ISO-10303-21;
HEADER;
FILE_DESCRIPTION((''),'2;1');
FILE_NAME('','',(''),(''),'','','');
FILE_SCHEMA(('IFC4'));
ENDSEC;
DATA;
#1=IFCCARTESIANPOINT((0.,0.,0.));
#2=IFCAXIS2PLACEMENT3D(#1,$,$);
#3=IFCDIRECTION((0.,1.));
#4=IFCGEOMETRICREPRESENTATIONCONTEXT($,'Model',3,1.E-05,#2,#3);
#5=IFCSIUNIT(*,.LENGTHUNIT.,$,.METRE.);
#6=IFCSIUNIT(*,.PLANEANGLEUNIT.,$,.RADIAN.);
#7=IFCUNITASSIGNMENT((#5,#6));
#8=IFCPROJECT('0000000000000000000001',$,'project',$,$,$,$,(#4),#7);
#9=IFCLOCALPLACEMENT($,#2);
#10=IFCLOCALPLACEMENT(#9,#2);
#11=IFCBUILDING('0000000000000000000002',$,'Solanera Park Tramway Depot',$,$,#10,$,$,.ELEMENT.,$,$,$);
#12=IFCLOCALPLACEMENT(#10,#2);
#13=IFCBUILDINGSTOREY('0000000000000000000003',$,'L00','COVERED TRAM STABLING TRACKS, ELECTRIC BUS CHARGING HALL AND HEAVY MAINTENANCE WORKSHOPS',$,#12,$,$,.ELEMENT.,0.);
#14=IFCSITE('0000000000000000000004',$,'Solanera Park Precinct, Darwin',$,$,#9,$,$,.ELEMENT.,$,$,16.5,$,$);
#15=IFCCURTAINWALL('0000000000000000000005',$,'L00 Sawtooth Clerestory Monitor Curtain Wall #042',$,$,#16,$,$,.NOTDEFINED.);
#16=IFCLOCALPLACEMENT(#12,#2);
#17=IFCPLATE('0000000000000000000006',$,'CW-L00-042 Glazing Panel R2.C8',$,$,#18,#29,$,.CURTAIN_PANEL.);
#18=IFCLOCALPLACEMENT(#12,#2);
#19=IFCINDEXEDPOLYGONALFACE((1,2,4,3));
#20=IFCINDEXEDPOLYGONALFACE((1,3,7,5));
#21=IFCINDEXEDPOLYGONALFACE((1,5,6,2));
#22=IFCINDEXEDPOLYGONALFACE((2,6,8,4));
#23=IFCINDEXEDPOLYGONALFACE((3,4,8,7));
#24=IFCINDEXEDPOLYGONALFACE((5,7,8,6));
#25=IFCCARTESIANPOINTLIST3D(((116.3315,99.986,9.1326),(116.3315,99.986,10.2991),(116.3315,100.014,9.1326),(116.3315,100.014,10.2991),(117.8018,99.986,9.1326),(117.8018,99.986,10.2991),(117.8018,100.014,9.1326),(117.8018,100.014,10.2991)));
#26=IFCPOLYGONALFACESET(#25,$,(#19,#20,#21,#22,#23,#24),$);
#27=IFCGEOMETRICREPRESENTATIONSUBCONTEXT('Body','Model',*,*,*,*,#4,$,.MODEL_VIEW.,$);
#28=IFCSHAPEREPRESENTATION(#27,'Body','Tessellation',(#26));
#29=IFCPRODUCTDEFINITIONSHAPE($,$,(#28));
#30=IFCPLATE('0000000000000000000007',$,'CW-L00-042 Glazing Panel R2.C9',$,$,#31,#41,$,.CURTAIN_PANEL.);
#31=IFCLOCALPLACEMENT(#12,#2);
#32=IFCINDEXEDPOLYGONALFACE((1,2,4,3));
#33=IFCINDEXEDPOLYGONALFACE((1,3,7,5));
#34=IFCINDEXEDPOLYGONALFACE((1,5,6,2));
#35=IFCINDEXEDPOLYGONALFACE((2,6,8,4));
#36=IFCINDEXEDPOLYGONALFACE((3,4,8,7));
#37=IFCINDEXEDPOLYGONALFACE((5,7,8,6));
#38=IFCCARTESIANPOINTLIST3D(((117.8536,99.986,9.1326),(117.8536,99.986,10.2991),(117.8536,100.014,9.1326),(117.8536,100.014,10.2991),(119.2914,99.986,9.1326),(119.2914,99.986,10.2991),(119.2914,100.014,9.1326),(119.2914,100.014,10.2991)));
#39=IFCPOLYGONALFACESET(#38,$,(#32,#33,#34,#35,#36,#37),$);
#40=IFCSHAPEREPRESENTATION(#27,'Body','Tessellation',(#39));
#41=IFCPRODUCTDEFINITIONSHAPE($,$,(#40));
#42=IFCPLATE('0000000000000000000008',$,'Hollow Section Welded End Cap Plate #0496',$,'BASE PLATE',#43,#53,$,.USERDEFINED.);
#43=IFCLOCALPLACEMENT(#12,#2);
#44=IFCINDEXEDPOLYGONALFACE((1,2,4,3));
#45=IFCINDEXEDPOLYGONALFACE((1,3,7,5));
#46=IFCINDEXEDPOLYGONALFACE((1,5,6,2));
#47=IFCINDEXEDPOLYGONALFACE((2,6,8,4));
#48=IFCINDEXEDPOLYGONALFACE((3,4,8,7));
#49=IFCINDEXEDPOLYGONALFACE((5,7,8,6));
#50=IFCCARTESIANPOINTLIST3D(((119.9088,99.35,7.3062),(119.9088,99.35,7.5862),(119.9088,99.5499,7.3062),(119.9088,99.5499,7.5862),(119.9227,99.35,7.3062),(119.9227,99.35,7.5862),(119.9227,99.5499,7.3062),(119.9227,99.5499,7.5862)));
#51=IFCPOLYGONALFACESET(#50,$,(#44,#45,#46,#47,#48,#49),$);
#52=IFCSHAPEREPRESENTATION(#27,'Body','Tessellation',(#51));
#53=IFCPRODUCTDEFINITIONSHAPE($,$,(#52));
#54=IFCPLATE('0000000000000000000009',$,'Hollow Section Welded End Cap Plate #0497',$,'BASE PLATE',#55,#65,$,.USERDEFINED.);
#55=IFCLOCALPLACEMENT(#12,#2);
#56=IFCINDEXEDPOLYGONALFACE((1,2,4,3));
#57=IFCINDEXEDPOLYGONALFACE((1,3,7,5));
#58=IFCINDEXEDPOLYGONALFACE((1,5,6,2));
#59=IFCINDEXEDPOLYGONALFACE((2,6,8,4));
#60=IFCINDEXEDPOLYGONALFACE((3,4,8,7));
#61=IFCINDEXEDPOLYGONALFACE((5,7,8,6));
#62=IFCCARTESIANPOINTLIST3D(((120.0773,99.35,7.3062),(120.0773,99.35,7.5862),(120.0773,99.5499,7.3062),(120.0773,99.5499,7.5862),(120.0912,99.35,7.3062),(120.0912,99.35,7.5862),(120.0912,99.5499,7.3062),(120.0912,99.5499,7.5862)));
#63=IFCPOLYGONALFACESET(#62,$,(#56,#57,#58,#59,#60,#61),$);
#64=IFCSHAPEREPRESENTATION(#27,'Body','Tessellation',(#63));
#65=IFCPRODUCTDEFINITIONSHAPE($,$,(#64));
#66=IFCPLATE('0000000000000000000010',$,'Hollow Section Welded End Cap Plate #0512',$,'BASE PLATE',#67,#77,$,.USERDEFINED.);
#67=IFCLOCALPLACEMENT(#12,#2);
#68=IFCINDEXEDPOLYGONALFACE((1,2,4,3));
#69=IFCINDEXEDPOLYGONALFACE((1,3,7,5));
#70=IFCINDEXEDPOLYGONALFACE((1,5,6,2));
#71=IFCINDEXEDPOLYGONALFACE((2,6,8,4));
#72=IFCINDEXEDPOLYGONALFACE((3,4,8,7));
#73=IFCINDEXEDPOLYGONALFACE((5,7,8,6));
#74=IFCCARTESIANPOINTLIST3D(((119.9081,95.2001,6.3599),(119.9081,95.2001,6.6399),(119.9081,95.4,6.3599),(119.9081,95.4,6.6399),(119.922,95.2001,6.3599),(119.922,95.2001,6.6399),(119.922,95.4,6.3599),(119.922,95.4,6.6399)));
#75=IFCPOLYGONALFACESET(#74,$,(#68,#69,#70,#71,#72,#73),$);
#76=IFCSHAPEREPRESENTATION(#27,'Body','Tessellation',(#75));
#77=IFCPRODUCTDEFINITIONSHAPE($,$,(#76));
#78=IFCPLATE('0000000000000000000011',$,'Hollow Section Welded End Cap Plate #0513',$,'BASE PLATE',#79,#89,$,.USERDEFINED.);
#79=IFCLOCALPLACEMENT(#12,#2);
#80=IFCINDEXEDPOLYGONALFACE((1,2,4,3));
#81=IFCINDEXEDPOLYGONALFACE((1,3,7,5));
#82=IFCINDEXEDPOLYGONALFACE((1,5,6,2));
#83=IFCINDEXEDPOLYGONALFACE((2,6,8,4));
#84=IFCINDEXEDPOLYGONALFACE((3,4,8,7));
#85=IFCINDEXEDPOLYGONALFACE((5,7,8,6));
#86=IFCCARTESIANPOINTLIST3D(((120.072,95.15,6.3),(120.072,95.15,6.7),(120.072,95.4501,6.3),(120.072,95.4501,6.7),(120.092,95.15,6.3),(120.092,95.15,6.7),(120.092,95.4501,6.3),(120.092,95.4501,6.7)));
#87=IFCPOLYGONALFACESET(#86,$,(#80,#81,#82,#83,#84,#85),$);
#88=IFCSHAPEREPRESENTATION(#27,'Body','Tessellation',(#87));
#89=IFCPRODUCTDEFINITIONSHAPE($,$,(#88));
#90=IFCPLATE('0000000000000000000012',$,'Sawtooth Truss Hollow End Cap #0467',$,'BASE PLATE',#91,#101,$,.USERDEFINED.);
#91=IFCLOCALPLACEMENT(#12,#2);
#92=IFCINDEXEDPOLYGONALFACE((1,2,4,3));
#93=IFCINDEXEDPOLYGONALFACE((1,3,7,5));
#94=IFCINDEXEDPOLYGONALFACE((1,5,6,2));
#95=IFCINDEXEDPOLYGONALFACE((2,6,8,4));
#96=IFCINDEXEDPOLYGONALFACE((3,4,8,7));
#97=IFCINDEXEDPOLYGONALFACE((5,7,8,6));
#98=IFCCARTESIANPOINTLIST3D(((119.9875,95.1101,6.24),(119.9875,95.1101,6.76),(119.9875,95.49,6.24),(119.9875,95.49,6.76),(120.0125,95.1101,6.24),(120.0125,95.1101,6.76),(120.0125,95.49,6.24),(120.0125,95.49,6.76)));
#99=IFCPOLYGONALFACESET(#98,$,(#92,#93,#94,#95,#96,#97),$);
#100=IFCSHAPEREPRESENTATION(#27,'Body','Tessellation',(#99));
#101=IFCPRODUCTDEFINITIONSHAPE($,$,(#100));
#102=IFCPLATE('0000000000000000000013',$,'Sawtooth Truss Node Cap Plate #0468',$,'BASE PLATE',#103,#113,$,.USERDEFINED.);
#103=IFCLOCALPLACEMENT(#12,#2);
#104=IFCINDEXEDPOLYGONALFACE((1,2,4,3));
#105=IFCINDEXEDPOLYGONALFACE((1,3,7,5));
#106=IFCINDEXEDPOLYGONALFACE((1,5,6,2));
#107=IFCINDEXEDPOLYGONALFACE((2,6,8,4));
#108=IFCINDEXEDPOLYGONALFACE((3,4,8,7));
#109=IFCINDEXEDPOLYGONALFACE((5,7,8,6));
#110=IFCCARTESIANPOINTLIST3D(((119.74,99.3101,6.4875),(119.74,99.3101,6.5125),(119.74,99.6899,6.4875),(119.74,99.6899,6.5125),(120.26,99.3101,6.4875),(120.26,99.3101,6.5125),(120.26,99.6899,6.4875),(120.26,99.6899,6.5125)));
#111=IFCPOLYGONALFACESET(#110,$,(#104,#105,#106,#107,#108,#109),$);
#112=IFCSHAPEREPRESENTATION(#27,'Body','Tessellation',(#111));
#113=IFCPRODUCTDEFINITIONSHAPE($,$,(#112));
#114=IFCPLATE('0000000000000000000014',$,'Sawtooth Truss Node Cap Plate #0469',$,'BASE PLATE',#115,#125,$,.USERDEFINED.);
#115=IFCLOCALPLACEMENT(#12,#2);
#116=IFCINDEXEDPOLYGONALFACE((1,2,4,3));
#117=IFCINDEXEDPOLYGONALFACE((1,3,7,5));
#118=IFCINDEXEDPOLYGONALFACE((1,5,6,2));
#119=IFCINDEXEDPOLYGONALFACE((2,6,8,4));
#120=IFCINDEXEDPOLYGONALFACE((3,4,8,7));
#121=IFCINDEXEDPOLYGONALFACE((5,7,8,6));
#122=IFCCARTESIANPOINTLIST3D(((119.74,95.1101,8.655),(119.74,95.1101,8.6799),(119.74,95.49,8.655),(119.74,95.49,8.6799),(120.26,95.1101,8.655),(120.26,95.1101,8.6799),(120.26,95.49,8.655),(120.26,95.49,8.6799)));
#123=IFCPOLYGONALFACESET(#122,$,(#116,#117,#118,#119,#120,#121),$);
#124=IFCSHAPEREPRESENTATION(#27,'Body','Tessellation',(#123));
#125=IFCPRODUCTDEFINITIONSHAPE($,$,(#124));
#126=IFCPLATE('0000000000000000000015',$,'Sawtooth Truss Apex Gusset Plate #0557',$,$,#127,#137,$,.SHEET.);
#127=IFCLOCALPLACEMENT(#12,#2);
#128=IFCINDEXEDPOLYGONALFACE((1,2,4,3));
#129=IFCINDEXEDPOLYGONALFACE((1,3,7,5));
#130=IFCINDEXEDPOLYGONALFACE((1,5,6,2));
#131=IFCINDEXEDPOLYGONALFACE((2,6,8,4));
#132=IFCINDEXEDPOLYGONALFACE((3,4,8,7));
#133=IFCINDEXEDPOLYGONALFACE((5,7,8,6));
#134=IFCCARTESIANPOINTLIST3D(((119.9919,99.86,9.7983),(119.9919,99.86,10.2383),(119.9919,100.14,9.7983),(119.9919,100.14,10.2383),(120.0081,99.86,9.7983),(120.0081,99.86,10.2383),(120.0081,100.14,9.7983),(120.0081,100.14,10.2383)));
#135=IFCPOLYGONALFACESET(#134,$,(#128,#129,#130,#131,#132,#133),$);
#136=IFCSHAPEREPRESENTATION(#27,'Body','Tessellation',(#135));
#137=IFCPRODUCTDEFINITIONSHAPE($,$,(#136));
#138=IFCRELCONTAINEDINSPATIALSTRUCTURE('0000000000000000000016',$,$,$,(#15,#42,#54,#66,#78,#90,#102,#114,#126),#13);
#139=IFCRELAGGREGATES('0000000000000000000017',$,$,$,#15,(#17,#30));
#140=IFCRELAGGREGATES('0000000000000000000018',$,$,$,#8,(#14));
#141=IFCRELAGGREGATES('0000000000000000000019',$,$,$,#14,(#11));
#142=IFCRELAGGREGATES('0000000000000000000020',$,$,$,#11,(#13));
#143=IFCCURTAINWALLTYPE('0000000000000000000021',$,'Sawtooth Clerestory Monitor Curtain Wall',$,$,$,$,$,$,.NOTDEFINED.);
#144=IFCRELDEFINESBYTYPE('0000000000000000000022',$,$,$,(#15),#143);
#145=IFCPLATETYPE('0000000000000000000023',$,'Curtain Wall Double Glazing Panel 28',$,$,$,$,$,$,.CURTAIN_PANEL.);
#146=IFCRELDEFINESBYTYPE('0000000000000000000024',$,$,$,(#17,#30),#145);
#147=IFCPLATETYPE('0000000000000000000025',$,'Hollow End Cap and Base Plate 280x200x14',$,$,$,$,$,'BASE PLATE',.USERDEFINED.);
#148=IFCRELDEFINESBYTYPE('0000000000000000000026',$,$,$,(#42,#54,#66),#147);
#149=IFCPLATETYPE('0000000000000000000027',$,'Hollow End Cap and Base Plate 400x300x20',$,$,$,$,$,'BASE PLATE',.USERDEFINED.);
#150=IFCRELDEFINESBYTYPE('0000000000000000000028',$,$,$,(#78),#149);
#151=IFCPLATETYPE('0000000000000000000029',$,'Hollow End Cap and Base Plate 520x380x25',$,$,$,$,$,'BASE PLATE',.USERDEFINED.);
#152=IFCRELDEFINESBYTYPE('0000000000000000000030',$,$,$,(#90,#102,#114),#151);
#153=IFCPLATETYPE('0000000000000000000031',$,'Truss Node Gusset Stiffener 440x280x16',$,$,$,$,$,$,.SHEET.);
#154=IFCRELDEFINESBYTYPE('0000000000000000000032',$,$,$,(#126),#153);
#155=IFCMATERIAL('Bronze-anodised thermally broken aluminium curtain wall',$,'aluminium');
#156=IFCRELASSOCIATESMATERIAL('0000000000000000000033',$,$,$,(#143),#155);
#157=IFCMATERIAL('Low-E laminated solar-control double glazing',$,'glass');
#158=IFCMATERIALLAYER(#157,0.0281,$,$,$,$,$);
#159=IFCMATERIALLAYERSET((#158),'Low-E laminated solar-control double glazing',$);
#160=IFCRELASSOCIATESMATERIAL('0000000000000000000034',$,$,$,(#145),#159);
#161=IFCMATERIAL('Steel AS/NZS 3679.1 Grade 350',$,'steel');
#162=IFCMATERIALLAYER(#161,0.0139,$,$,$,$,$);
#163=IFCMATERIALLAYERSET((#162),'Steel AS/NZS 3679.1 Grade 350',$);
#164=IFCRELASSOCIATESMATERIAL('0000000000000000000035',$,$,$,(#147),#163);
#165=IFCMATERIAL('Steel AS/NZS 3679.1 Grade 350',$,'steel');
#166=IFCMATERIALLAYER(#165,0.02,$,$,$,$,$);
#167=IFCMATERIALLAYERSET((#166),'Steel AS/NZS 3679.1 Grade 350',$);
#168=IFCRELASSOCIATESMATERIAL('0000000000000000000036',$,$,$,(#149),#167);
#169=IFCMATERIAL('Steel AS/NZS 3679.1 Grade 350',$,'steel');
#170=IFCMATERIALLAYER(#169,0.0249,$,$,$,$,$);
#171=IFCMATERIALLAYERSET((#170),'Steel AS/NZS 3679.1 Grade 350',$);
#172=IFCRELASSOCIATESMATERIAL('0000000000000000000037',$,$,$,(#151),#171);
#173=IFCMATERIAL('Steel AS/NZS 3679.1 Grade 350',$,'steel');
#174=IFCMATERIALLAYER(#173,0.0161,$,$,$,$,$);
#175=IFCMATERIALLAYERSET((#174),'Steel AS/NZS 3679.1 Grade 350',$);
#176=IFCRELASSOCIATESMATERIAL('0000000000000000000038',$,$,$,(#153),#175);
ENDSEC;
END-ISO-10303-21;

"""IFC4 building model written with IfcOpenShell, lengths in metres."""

from ifc_helpers import new_model, si_unit, direction, frame, origin, origin_2d, place, context, subcontext, project, spatial, rectangle, extrude, material, layer, layer_set, type_object, element, aggregate, save


model = new_model("IFC4")

# Units and contexts
model_context = context("Model", 3, precision=1e-05, world=origin(), true_north=direction((0.0, 1.0)))
body_context = subcontext(model_context, "Body", "Model", "MODEL_VIEW")
ifc_project = project(units=[si_unit("LENGTHUNIT", "METRE"), si_unit("PLANEANGLEUNIT", "RADIAN")], contexts=[model_context])

# Site, building, storey
site_placement = place(None, origin())
site = spatial("IfcSite", under=ifc_project, at=site_placement, Name="Solanera Park Precinct, Darwin", CompositionType="ELEMENT", RefElevation=16.5)
building_placement = place(site_placement, origin())
building = spatial("IfcBuilding", under=site, at=building_placement, Name="Solanera Park Tramway Depot", CompositionType="ELEMENT")
storey_placement = place(building_placement, origin())
storey = spatial("IfcBuildingStorey", under=building, at=storey_placement, Name="L00", Description="COVERED TRAM STABLING TRACKS, ELECTRIC BUS CHARGING HALL AND HEAVY MAINTENANCE WORKSHOPS", CompositionType="ELEMENT", Elevation=0.0)

# Curtain wall
ifc_material_1 = material(Name="Bronze-anodised thermally broken aluminium curtain wall", Category="aluminium")
curtain_wall_type = type_object("IfcCurtainWallType", Name="Sawtooth Clerestory Monitor Curtain Wall", PredefinedType="NOTDEFINED", material=ifc_material_1)
curtain_wall_1_placement = place(storey_placement, origin())
curtain_wall_1 = element("IfcCurtainWall", 1, at=curtain_wall_1_placement, inside=storey, type_object=curtain_wall_type, Name="L00 Sawtooth Clerestory Monitor Curtain Wall #042", PredefinedType="NOTDEFINED")

# Plates
ifc_material_2 = material(Name="Low-E laminated solar-control double glazing", Category="glass")
ifc_layer_1 = layer(ifc_material_2, 0.0281)
ifc_layer_set_1 = layer_set([ifc_layer_1], Name="Low-E laminated solar-control double glazing")
plate_type_1 = type_object("IfcPlateType", Name="Curtain Wall Double Glazing Panel 28", PredefinedType="CURTAIN_PANEL", material=ifc_layer_set_1)
plate_1_placement = place(storey_placement, frame((117.0667, 100.0, 9.1326), z_axis=(0.0, 0.0, 1.0), x_axis=(1.0, 0.0, 0.0)))
plate_1 = element("IfcPlate", 2, at=plate_1_placement, type_object=plate_type_1, Name="CW-L00-042 Glazing Panel R2.C8", PredefinedType="CURTAIN_PANEL", context=body_context, shape_type="SweptSolid", body=[
    extrude(rectangle(XDim=1.4702, YDim=0.0281, at=origin_2d()), origin(), (0.0, 0.0, 1.0), 1.1665),
])
plate_2_placement = place(storey_placement, frame((118.5725, 100.0, 9.1326), z_axis=(0.0, 0.0, 1.0), x_axis=(1.0, 0.0, 0.0)))
plate_2 = element("IfcPlate", 3, at=plate_2_placement, type_object=plate_type_1, Name="CW-L00-042 Glazing Panel R2.C9", PredefinedType="CURTAIN_PANEL", context=body_context, shape_type="SweptSolid", body=[
    extrude(rectangle(XDim=1.4377, YDim=0.0281, at=origin_2d()), origin(), (0.0, 0.0, 1.0), 1.1665),
])
aggregate(curtain_wall_1, [plate_1, plate_2])

# Plates
ifc_material_3 = material(Name="Steel AS/NZS 3679.1 Grade 350", Category="steel")
ifc_layer_2 = layer(ifc_material_3, 0.0139)
ifc_layer_set_2 = layer_set([ifc_layer_2], Name="Steel AS/NZS 3679.1 Grade 350")
plate_type_2 = type_object("IfcPlateType", Name="Hollow End Cap and Base Plate 280x200x14", ElementType="BASE PLATE", PredefinedType="USERDEFINED", material=ifc_layer_set_2)
for number, where, z_axis, x_axis, name in (
    (4, (119.9158, 99.45, 7.3062), (0.0, 0.0, 1.0), (1.0, 0.0, 0.0), "Hollow Section Welded End Cap Plate #0496"),
    (5, (120.0842, 99.45, 7.3062), (0.0, 0.0, 1.0), (1.0, 0.0, 0.0), "Hollow Section Welded End Cap Plate #0497"),
    (6, (119.915, 95.3, 6.3599), (0.0, 0.0, 1.0), (1.0, 0.0, 0.0), "Hollow Section Welded End Cap Plate #0512"),
):
    element("IfcPlate", number, at=place(storey_placement, frame(where, z_axis=z_axis, x_axis=x_axis)), inside=storey, type_object=plate_type_2, Name=name, ObjectType="BASE PLATE", PredefinedType="USERDEFINED", context=body_context, shape_type="SweptSolid", body=[
        extrude(rectangle(XDim=0.0139, YDim=0.2, at=origin_2d()), origin(), (0.0, 0.0, 1.0), 0.28),
    ])
ifc_material_4 = material(Name="Steel AS/NZS 3679.1 Grade 350", Category="steel")
ifc_layer_3 = layer(ifc_material_4, 0.02)
ifc_layer_set_3 = layer_set([ifc_layer_3], Name="Steel AS/NZS 3679.1 Grade 350")
plate_type_3 = type_object("IfcPlateType", Name="Hollow End Cap and Base Plate 400x300x20", ElementType="BASE PLATE", PredefinedType="USERDEFINED", material=ifc_layer_set_3)
plate_3_placement = place(storey_placement, frame((120.082, 95.3, 6.3), z_axis=(0.0, 0.0, 1.0), x_axis=(1.0, 0.0, 0.0)))
element("IfcPlate", 7, at=plate_3_placement, inside=storey, type_object=plate_type_3, Name="Hollow Section Welded End Cap Plate #0513", ObjectType="BASE PLATE", PredefinedType="USERDEFINED", context=body_context, shape_type="SweptSolid", body=[
    extrude(rectangle(XDim=0.02, YDim=0.3, at=origin_2d()), origin(), (0.0, 0.0, 1.0), 0.3999),
])
ifc_material_5 = material(Name="Steel AS/NZS 3679.1 Grade 350", Category="steel")
ifc_layer_4 = layer(ifc_material_5, 0.0249)
ifc_layer_set_4 = layer_set([ifc_layer_4], Name="Steel AS/NZS 3679.1 Grade 350")
plate_type_4 = type_object("IfcPlateType", Name="Hollow End Cap and Base Plate 520x380x25", ElementType="BASE PLATE", PredefinedType="USERDEFINED", material=ifc_layer_set_4)
plate_4_placement = place(storey_placement, frame((120.0, 95.3, 6.24), z_axis=(0.0, 0.0, 1.0), x_axis=(1.0, 0.0, 0.0)))
element("IfcPlate", 8, at=plate_4_placement, inside=storey, type_object=plate_type_4, Name="Sawtooth Truss Hollow End Cap #0467", ObjectType="BASE PLATE", PredefinedType="USERDEFINED", context=body_context, shape_type="SweptSolid", body=[
    extrude(rectangle(XDim=0.0249, YDim=0.3799, at=origin_2d()), origin(), (0.0, 0.0, 1.0), 0.52),
])
for number, where, z_axis, x_axis, name in (
    (9, (120.0, 99.5, 6.4875), (0.0, 0.0, 1.0), (1.0, 0.0, 0.0), "Sawtooth Truss Node Cap Plate #0468"),
    (10, (120.0, 95.3, 8.655), (0.0, 0.0, 1.0), (1.0, 0.0, 0.0), "Sawtooth Truss Node Cap Plate #0469"),
):
    element("IfcPlate", number, at=place(storey_placement, frame(where, z_axis=z_axis, x_axis=x_axis)), inside=storey, type_object=plate_type_4, Name=name, ObjectType="BASE PLATE", PredefinedType="USERDEFINED", context=body_context, shape_type="SweptSolid", body=[
        extrude(rectangle(XDim=0.52, YDim=0.3799, at=origin_2d()), origin(), (0.0, 0.0, 1.0), 0.0249),
    ])
ifc_material_6 = material(Name="Steel AS/NZS 3679.1 Grade 350", Category="steel")
ifc_layer_5 = layer(ifc_material_6, 0.0161)
ifc_layer_set_5 = layer_set([ifc_layer_5], Name="Steel AS/NZS 3679.1 Grade 350")
plate_type_5 = type_object("IfcPlateType", Name="Truss Node Gusset Stiffener 440x280x16", PredefinedType="SHEET", material=ifc_layer_set_5)
plate_5_placement = place(storey_placement, frame((120.0, 100.0, 9.7983), z_axis=(0.0, 0.0, 1.0), x_axis=(1.0, 0.0, 0.0)))
element("IfcPlate", 11, at=plate_5_placement, inside=storey, type_object=plate_type_5, Name="Sawtooth Truss Apex Gusset Plate #0557", PredefinedType="SHEET", context=body_context, shape_type="SweptSolid", body=[
    extrude(rectangle(XDim=0.0161, YDim=0.28, at=origin_2d()), origin(), (0.0, 0.0, 1.0), 0.4399),
])

save(model, "model.ifc")
